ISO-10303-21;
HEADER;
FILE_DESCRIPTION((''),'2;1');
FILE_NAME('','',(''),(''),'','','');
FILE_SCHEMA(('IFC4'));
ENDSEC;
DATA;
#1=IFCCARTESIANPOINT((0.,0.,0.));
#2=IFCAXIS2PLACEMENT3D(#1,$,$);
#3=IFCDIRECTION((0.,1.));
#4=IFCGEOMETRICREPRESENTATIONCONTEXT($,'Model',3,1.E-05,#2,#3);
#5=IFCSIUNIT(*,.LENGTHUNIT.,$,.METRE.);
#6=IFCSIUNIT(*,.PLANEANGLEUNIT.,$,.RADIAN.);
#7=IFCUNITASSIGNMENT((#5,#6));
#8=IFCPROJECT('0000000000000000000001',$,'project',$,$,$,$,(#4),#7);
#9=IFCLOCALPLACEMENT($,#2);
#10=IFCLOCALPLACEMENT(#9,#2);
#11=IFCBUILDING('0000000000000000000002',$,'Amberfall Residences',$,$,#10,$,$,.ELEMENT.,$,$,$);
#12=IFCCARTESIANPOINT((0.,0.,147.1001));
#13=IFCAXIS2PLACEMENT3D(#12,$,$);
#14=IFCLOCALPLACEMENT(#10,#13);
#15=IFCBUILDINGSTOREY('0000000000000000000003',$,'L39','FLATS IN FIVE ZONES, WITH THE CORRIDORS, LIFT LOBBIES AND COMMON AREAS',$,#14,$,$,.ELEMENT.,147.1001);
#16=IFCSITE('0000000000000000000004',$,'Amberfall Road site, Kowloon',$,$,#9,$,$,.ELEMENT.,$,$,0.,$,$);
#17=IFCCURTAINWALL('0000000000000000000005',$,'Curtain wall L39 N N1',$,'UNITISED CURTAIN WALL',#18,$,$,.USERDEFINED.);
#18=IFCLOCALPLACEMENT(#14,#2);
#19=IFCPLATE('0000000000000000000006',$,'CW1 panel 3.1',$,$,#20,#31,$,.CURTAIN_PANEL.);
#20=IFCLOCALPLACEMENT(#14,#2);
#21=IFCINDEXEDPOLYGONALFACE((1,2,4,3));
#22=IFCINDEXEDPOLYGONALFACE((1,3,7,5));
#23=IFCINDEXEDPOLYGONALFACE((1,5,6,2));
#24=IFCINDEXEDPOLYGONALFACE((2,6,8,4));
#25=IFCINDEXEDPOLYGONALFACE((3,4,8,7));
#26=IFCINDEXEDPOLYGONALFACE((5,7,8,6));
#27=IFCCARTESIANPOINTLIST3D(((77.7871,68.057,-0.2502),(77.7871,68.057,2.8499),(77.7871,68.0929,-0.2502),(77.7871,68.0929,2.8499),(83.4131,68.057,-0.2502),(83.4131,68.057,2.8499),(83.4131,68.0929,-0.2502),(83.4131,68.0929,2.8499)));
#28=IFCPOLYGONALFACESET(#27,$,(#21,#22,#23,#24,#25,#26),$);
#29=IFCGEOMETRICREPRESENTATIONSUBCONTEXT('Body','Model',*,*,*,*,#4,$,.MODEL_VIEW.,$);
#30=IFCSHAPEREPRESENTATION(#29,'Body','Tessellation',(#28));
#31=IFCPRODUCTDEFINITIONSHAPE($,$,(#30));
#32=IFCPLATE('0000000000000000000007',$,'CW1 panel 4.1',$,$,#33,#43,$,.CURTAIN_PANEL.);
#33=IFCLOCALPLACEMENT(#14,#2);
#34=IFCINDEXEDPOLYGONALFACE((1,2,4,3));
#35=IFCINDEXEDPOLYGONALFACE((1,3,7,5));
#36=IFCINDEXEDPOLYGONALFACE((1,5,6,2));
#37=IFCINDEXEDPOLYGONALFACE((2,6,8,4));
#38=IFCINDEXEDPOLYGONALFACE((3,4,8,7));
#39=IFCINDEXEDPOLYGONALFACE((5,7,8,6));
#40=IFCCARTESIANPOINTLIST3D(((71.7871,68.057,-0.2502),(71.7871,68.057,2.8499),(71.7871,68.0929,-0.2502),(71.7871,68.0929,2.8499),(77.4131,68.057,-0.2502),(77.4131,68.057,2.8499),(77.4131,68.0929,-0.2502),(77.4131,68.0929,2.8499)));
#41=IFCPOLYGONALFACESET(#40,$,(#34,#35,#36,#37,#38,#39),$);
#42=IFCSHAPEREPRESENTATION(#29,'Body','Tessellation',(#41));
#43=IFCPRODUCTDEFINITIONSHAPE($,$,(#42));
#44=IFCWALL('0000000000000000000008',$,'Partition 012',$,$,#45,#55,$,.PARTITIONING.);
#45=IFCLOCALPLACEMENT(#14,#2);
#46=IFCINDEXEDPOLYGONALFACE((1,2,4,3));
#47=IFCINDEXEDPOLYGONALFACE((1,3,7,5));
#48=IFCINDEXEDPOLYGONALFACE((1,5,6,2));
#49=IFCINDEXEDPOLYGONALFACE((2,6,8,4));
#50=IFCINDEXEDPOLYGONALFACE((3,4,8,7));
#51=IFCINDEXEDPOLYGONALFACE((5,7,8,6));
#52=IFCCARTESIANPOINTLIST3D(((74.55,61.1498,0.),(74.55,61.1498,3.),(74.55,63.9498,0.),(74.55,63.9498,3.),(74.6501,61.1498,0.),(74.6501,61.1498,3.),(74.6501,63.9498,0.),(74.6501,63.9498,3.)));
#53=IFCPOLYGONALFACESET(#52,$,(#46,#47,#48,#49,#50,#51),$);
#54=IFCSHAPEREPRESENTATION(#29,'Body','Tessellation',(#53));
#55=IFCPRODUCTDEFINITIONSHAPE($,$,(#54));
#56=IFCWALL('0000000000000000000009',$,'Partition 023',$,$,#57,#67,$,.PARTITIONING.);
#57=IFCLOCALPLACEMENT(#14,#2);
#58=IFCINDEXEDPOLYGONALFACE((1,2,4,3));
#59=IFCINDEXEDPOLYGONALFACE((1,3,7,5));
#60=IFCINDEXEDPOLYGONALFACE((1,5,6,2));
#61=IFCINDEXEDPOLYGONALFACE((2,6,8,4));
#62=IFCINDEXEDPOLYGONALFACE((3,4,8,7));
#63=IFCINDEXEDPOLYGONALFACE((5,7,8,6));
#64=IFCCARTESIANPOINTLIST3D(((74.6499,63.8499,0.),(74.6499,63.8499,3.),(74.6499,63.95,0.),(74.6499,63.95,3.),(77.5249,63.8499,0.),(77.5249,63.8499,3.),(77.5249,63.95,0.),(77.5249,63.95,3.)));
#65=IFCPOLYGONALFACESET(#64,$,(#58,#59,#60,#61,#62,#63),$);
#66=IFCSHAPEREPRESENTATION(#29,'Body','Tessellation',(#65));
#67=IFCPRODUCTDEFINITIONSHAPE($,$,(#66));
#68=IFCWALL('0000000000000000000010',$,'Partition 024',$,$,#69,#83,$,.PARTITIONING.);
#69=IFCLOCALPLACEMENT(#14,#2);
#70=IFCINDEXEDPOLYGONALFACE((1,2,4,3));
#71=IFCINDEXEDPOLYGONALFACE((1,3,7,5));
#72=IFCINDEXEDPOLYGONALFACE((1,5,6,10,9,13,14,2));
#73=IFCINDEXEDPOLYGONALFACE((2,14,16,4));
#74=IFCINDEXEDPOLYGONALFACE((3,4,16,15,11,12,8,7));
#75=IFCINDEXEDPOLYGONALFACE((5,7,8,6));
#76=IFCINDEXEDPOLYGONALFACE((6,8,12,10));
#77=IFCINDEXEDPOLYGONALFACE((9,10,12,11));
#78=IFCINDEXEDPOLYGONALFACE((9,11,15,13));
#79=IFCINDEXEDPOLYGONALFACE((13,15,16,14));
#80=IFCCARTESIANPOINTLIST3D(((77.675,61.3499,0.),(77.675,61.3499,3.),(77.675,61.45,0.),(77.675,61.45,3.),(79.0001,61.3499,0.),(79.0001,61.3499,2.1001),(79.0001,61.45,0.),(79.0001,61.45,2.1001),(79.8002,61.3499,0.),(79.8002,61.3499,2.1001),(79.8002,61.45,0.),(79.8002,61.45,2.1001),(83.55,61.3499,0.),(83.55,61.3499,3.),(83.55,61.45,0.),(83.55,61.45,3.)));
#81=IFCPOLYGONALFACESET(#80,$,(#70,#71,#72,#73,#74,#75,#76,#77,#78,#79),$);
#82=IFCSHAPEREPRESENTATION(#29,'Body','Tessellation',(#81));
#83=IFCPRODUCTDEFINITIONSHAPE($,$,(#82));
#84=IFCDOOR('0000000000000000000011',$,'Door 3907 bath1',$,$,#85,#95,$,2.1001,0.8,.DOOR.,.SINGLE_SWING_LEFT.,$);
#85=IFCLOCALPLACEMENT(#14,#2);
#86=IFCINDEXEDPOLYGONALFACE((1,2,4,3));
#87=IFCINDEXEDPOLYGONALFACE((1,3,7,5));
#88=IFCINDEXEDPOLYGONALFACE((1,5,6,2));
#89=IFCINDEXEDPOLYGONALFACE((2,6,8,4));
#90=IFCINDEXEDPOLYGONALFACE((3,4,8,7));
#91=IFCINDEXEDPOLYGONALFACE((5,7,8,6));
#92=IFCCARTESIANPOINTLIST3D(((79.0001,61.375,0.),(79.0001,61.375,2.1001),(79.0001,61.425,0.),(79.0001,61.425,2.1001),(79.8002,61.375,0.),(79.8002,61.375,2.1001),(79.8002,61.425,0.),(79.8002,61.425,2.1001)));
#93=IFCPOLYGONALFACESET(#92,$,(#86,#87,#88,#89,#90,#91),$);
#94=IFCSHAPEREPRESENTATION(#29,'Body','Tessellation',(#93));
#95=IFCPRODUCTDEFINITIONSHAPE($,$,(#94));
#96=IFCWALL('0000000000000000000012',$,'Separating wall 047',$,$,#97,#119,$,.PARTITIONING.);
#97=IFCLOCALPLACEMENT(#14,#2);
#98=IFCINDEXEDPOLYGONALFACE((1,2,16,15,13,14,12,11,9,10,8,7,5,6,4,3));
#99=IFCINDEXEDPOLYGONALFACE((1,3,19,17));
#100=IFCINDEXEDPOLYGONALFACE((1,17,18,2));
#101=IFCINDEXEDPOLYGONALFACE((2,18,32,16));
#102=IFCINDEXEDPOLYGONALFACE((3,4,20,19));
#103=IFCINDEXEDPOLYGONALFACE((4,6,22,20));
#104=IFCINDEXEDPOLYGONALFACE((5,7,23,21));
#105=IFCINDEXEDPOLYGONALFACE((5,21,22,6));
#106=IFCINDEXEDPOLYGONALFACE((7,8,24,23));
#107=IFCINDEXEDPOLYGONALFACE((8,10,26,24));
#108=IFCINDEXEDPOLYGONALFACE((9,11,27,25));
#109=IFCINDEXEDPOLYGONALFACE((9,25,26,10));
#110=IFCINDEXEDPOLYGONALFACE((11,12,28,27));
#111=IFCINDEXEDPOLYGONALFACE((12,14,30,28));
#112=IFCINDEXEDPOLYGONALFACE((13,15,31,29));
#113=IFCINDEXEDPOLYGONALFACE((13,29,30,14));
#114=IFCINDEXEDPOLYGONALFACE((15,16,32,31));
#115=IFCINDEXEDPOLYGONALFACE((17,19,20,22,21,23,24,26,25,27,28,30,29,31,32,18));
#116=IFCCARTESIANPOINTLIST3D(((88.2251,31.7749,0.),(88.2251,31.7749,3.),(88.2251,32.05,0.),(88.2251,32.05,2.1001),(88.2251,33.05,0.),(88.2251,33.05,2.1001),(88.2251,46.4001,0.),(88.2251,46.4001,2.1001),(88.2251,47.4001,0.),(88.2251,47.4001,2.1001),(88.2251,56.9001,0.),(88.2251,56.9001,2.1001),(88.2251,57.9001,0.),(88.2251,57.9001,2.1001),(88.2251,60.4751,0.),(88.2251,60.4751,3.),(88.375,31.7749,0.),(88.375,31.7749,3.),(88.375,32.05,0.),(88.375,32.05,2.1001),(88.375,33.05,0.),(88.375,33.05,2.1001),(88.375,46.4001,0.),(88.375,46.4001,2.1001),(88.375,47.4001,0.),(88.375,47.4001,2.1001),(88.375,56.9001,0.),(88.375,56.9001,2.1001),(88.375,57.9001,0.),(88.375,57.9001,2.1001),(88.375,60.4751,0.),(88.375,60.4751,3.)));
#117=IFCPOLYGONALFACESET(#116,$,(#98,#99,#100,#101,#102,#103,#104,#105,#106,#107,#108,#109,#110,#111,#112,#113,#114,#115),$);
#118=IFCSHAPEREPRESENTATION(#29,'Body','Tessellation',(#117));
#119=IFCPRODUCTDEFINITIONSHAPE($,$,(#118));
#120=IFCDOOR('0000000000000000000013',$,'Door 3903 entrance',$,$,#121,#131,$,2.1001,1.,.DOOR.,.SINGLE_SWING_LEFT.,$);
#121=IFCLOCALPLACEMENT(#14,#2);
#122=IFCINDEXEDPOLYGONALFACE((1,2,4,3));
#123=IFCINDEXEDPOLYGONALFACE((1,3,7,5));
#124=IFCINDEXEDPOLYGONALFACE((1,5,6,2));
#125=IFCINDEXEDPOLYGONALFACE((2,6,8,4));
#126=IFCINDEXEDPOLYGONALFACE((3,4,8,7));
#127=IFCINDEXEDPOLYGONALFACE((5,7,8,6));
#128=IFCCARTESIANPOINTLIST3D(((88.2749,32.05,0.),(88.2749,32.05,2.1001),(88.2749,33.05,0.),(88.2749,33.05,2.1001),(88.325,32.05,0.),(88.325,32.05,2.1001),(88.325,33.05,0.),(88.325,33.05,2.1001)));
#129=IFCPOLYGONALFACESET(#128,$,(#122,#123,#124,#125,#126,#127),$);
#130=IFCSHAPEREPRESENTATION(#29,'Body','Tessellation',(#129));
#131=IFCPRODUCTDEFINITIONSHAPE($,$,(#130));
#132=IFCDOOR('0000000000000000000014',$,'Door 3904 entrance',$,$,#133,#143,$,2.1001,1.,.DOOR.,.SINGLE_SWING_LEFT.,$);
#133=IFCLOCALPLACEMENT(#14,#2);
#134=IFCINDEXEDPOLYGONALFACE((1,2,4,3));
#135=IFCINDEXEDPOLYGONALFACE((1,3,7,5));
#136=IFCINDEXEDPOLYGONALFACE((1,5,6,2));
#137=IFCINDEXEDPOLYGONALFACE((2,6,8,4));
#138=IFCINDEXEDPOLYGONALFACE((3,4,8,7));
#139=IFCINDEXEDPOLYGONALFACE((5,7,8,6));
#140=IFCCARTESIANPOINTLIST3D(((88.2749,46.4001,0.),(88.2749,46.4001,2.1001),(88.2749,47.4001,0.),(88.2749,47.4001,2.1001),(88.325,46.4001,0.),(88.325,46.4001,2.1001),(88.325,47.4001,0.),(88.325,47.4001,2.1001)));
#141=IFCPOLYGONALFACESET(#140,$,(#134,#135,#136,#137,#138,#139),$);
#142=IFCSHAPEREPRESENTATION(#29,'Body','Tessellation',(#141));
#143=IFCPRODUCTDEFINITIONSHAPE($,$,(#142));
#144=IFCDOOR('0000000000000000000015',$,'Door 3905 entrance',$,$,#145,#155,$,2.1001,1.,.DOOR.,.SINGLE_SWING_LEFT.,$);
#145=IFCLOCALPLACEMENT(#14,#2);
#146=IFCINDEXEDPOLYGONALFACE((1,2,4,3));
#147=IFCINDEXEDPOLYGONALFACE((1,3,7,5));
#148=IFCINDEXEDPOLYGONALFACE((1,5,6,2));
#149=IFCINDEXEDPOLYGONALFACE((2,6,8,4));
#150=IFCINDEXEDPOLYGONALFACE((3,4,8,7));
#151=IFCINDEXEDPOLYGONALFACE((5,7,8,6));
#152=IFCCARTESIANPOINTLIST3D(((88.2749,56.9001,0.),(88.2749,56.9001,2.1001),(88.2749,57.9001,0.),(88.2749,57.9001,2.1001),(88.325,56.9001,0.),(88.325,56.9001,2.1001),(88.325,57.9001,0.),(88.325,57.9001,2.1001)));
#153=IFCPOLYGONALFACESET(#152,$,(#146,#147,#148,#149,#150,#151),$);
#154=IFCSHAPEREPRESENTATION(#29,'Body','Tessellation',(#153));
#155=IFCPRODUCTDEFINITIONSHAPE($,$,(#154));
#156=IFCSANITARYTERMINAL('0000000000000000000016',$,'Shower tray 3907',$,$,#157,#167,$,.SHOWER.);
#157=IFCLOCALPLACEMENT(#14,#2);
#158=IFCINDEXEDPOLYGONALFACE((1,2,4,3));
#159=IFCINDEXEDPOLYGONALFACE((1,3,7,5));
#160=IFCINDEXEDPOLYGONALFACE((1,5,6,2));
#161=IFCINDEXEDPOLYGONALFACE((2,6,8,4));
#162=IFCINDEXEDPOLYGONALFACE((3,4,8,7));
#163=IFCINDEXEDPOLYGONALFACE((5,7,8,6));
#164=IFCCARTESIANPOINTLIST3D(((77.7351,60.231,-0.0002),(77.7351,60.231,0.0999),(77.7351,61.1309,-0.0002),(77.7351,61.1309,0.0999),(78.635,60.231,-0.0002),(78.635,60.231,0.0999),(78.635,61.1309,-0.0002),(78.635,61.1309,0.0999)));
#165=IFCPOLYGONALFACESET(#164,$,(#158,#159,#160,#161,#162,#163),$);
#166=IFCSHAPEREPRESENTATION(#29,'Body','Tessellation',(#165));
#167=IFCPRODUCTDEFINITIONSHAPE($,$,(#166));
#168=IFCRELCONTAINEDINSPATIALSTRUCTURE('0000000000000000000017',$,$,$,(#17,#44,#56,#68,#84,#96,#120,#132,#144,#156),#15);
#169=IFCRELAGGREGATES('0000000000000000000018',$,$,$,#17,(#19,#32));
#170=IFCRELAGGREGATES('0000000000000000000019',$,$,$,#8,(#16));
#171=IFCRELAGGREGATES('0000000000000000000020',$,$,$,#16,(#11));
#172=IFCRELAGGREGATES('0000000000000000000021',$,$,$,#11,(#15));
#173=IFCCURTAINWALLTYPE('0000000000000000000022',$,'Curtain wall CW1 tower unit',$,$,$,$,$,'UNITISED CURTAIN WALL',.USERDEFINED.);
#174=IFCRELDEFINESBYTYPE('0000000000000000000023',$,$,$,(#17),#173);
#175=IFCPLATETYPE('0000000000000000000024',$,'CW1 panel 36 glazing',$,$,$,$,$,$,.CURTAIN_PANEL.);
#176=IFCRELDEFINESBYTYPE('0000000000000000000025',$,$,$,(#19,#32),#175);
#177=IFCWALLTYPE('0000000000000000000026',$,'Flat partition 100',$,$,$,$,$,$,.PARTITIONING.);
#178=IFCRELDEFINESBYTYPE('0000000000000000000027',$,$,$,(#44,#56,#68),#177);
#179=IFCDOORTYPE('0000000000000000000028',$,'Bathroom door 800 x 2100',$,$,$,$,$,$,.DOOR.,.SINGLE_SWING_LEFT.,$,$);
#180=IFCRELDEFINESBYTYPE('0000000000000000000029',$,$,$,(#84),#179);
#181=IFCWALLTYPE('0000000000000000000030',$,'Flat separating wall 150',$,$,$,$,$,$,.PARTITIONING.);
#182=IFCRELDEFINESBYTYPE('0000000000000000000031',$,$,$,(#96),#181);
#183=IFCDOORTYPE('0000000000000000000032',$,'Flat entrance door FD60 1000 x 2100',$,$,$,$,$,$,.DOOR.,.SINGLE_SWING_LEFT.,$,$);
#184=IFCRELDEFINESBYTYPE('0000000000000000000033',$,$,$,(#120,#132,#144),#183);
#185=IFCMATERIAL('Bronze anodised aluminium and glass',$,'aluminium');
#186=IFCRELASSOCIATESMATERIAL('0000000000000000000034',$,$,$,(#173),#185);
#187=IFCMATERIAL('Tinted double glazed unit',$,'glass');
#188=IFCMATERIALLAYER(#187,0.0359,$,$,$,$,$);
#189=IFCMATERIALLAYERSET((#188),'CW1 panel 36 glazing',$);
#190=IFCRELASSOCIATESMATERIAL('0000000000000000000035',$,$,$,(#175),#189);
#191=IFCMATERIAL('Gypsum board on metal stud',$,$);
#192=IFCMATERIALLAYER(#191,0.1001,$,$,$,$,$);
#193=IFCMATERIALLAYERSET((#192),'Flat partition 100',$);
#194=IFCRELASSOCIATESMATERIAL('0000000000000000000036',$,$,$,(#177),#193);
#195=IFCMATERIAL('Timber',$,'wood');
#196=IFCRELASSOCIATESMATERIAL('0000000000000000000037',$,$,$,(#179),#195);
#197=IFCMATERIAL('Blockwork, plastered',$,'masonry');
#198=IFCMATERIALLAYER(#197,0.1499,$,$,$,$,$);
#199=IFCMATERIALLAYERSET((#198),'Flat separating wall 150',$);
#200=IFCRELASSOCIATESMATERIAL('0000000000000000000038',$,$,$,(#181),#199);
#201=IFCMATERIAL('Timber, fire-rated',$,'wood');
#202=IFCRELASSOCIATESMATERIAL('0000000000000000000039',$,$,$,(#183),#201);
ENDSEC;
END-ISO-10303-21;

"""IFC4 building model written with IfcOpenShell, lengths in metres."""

from ifc_helpers import new_model, si_unit, direction, frame, frame_2d, origin, origin_2d, place, context, subcontext, project, spatial, rectangle, extrude, material, layer, layer_set, type_object, element, fill, aggregate, save


model = new_model("IFC4")

# Units and contexts
model_context = context("Model", 3, precision=1e-05, world=origin(), true_north=direction((0.0, 1.0)))
body_context = subcontext(model_context, "Body", "Model", "MODEL_VIEW")
ifc_project = project(units=[si_unit("LENGTHUNIT", "METRE"), si_unit("PLANEANGLEUNIT", "RADIAN")], contexts=[model_context])

# Site, building, storey
site_placement = place(None, origin())
site = spatial("IfcSite", under=ifc_project, at=site_placement, Name="Amberfall Road site, Kowloon", CompositionType="ELEMENT", RefElevation=0.0)
building_placement = place(site_placement, origin())
building = spatial("IfcBuilding", under=site, at=building_placement, Name="Amberfall Residences", CompositionType="ELEMENT")
storey_placement = place(building_placement, frame((0.0, 0.0, 147.1001)))
storey = spatial("IfcBuildingStorey", under=building, at=storey_placement, Name="L39", Description="FLATS IN FIVE ZONES, WITH THE CORRIDORS, LIFT LOBBIES AND COMMON AREAS", CompositionType="ELEMENT", Elevation=147.1001)

# Curtain wall
ifc_material_1 = material(Name="Bronze anodised aluminium and glass", Category="aluminium")
curtain_wall_type = type_object("IfcCurtainWallType", Name="Curtain wall CW1 tower unit", ElementType="UNITISED CURTAIN WALL", PredefinedType="USERDEFINED", material=ifc_material_1)
curtain_wall_placement = place(storey_placement, origin())
curtain_wall = element("IfcCurtainWall", 1, at=curtain_wall_placement, inside=storey, type_object=curtain_wall_type, Name="Curtain wall L39 N N1", ObjectType="UNITISED CURTAIN WALL", PredefinedType="USERDEFINED")

# Plates
ifc_material_2 = material(Name="Tinted double glazed unit", Category="glass")
ifc_layer_1 = layer(ifc_material_2, 0.0359)
ifc_layer_set_1 = layer_set([ifc_layer_1], Name="CW1 panel 36 glazing")
plate_type = type_object("IfcPlateType", Name="CW1 panel 36 glazing", PredefinedType="CURTAIN_PANEL", material=ifc_layer_set_1)
plate_1_placement = place(storey_placement, frame((80.6001, 68.075, -0.2502), z_axis=(0.0, 0.0, 1.0), x_axis=(-1.0, 0.0, 0.0)))
plate_1 = element("IfcPlate", 2, at=plate_1_placement, type_object=plate_type, Name="CW1 panel 3.1", PredefinedType="CURTAIN_PANEL", context=body_context, shape_type="SweptSolid", body=[
    extrude(rectangle(XDim=5.626, YDim=0.0359, at=origin_2d()), origin(), (0.0, 0.0, 1.0), 3.1001),
])
plate_2_placement = place(storey_placement, frame((74.6001, 68.075, -0.2502), z_axis=(0.0, 0.0, 1.0), x_axis=(-1.0, 0.0, 0.0)))
plate_2 = element("IfcPlate", 3, at=plate_2_placement, type_object=plate_type, Name="CW1 panel 4.1", PredefinedType="CURTAIN_PANEL", context=body_context, shape_type="SweptSolid", body=[
    extrude(rectangle(XDim=5.626, YDim=0.0359, at=origin_2d()), origin(), (0.0, 0.0, 1.0), 3.1001),
])
aggregate(curtain_wall, [plate_1, plate_2])

# Walls
ifc_material_3 = material(Name="Gypsum board on metal stud")
ifc_layer_2 = layer(ifc_material_3, 0.1001)
ifc_layer_set_2 = layer_set([ifc_layer_2], Name="Flat partition 100")
wall_type_1 = type_object("IfcWallType", Name="Flat partition 100", PredefinedType="PARTITIONING", material=ifc_layer_set_2)
wall_1_placement = place(storey_placement, frame((74.6001, 61.1499, 0.0), z_axis=(0.0, 0.0, 1.0), x_axis=(0.0, 1.0, 0.0)))
element("IfcWall", 4, at=wall_1_placement, inside=storey, type_object=wall_type_1, Name="Partition 012", PredefinedType="PARTITIONING", context=body_context, shape_type="SweptSolid", body=[
    extrude(rectangle(XDim=2.8, YDim=0.1001, at=frame_2d((1.3999, 0.0))), origin(), (0.0, 0.0, 1.0), 3.0),
])
wall_2_placement = place(storey_placement, frame((74.6499, 63.8999, 0.0), z_axis=(0.0, 0.0, 1.0), x_axis=(1.0, 0.0, 0.0)))
element("IfcWall", 5, at=wall_2_placement, inside=storey, type_object=wall_type_1, Name="Partition 023", PredefinedType="PARTITIONING", context=body_context, shape_type="SweptSolid", body=[
    extrude(rectangle(XDim=2.875, YDim=0.1001, at=frame_2d((1.4375, 0.0))), origin(), (0.0, 0.0, 1.0), 3.0),
])

# Wall, opening, door
wall_3_placement = place(storey_placement, frame((83.55, 61.3999, 0.0), z_axis=(0.0, 0.0, 1.0), x_axis=(-1.0, 0.0, 0.0)))
wall_3 = element("IfcWall", 6, at=wall_3_placement, inside=storey, type_object=wall_type_1, Name="Partition 024", PredefinedType="PARTITIONING", context=body_context, shape_type="SweptSolid", body=[
    extrude(rectangle(XDim=5.875, YDim=0.1001, at=frame_2d((2.9375, 0.0))), origin(), (0.0, 0.0, 1.0), 3.0),
])
opening_1_placement = place(wall_3_placement, frame((3.75, 0.0, 0.0)))
opening_1 = element("IfcOpeningElement", 7, at=opening_1_placement, cuts=wall_3, PredefinedType="OPENING", context=body_context, shape_type="SweptSolid", body=[
    extrude(rectangle(XDim=0.8, YDim=2.1001, at=frame_2d((0.3999, 1.05))), frame((0.0, 0.0601, 0.0), z_axis=(0.0, -1.0, 0.0), x_axis=(1.0, 0.0, 0.0)), (0.0, 0.0, 1.0), 0.1201),
])
ifc_material_4 = material(Name="Timber", Category="wood")
door_type_1 = type_object("IfcDoorType", Name="Bathroom door 800 x 2100", OperationType="SINGLE_SWING_LEFT", PredefinedType="DOOR", material=ifc_material_4)
door_1_placement = place(opening_1_placement, origin())
door_1 = element("IfcDoor", 8, at=door_1_placement, inside=storey, type_object=door_type_1, Name="Door 3907 bath1", OperationType="SINGLE_SWING_LEFT", OverallHeight=2.1001, OverallWidth=0.8, PredefinedType="DOOR", context=body_context, shape_type="SweptSolid", body=[
    extrude(rectangle(XDim=0.8, YDim=2.1001, at=frame_2d((0.3999, 1.05))), frame((0.0, 0.0249, 0.0), z_axis=(0.0, -1.0, 0.0), x_axis=(1.0, 0.0, 0.0)), (0.0, 0.0, 1.0), 0.05),
])
fill(opening_1, door_1)

# Wall, openings, doors
ifc_material_5 = material(Name="Blockwork, plastered", Category="masonry")
ifc_layer_3 = layer(ifc_material_5, 0.1499)
ifc_layer_set_3 = layer_set([ifc_layer_3], Name="Flat separating wall 150")
wall_type_2 = type_object("IfcWallType", Name="Flat separating wall 150", PredefinedType="PARTITIONING", material=ifc_layer_set_3)
wall_4_placement = place(storey_placement, frame((88.3, 60.4751, 0.0), z_axis=(0.0, 0.0, 1.0), x_axis=(0.0, -1.0, 0.0)))
wall_4 = element("IfcWall", 9, at=wall_4_placement, inside=storey, type_object=wall_type_2, Name="Separating wall 047", PredefinedType="PARTITIONING", context=body_context, shape_type="SweptSolid", body=[
    extrude(rectangle(XDim=28.7002, YDim=0.1499, at=frame_2d((14.3501, 0.0))), origin(), (0.0, 0.0, 1.0), 3.0),
])
opening_2_placement = place(wall_4_placement, frame((27.425, 0.0, 0.0)))
opening_2 = element("IfcOpeningElement", 10, at=opening_2_placement, cuts=wall_4, PredefinedType="OPENING", context=body_context, shape_type="SweptSolid", body=[
    extrude(rectangle(XDim=1.0, YDim=2.1001, at=frame_2d((0.5, 1.05))), frame((0.0, 0.085, 0.0), z_axis=(0.0, -1.0, 0.0), x_axis=(1.0, 0.0, 0.0)), (0.0, 0.0, 1.0), 0.1699),
])
opening_3_placement = place(wall_4_placement, frame((13.075, 0.0, 0.0)))
opening_3 = element("IfcOpeningElement", 11, at=opening_3_placement, cuts=wall_4, PredefinedType="OPENING", context=body_context, shape_type="SweptSolid", body=[
    extrude(rectangle(XDim=1.0, YDim=2.1001, at=frame_2d((0.5, 1.05))), frame((0.0, 0.085, 0.0), z_axis=(0.0, -1.0, 0.0), x_axis=(1.0, 0.0, 0.0)), (0.0, 0.0, 1.0), 0.1699),
])
opening_4_placement = place(wall_4_placement, frame((2.575, 0.0, 0.0)))
opening_4 = element("IfcOpeningElement", 12, at=opening_4_placement, cuts=wall_4, PredefinedType="OPENING", context=body_context, shape_type="SweptSolid", body=[
    extrude(rectangle(XDim=1.0, YDim=2.1001, at=frame_2d((0.5, 1.05))), frame((0.0, 0.085, 0.0), z_axis=(0.0, -1.0, 0.0), x_axis=(1.0, 0.0, 0.0)), (0.0, 0.0, 1.0), 0.1699),
])
ifc_material_6 = material(Name="Timber, fire-rated", Category="wood")
door_type_2 = type_object("IfcDoorType", Name="Flat entrance door FD60 1000 x 2100", OperationType="SINGLE_SWING_LEFT", PredefinedType="DOOR", material=ifc_material_6)
door_2_placement = place(opening_2_placement, origin())
door_2 = element("IfcDoor", 13, at=door_2_placement, inside=storey, type_object=door_type_2, Name="Door 3903 entrance", OperationType="SINGLE_SWING_LEFT", OverallHeight=2.1001, OverallWidth=1.0, PredefinedType="DOOR", context=body_context, shape_type="SweptSolid", body=[
    extrude(rectangle(XDim=1.0, YDim=2.1001, at=frame_2d((0.5, 1.05))), frame((0.0, 0.0249, 0.0), z_axis=(0.0, -1.0, 0.0), x_axis=(1.0, 0.0, 0.0)), (0.0, 0.0, 1.0), 0.05),
])
fill(opening_2, door_2)
door_3_placement = place(opening_3_placement, origin())
door_3 = element("IfcDoor", 14, at=door_3_placement, inside=storey, type_object=door_type_2, Name="Door 3904 entrance", OperationType="SINGLE_SWING_LEFT", OverallHeight=2.1001, OverallWidth=1.0, PredefinedType="DOOR", context=body_context, shape_type="SweptSolid", body=[
    extrude(rectangle(XDim=1.0, YDim=2.1001, at=frame_2d((0.5, 1.05))), frame((0.0, 0.0249, 0.0), z_axis=(0.0, -1.0, 0.0), x_axis=(1.0, 0.0, 0.0)), (0.0, 0.0, 1.0), 0.05),
])
fill(opening_3, door_3)
door_4_placement = place(opening_4_placement, origin())
door_4 = element("IfcDoor", 15, at=door_4_placement, inside=storey, type_object=door_type_2, Name="Door 3905 entrance", OperationType="SINGLE_SWING_LEFT", OverallHeight=2.1001, OverallWidth=1.0, PredefinedType="DOOR", context=body_context, shape_type="SweptSolid", body=[
    extrude(rectangle(XDim=1.0, YDim=2.1001, at=frame_2d((0.5, 1.05))), frame((0.0, 0.0249, 0.0), z_axis=(0.0, -1.0, 0.0), x_axis=(1.0, 0.0, 0.0)), (0.0, 0.0, 1.0), 0.05),
])
fill(opening_4, door_4)

# Sanitary terminal
sanitary_terminal_placement = place(storey_placement, frame((78.1851, 60.6809, -0.0002), z_axis=(0.0, 0.0, 1.0), x_axis=(1.0, 0.0, 0.0)))
element("IfcSanitaryTerminal", 16, at=sanitary_terminal_placement, inside=storey, Name="Shower tray 3907", PredefinedType="SHOWER", context=body_context, shape_type="SweptSolid", body=[
    extrude(rectangle(XDim=0.8999, YDim=0.8999, at=origin_2d()), origin(), (0.0, 0.0, 1.0), 0.1001),
])

save(model, "model.ifc")
